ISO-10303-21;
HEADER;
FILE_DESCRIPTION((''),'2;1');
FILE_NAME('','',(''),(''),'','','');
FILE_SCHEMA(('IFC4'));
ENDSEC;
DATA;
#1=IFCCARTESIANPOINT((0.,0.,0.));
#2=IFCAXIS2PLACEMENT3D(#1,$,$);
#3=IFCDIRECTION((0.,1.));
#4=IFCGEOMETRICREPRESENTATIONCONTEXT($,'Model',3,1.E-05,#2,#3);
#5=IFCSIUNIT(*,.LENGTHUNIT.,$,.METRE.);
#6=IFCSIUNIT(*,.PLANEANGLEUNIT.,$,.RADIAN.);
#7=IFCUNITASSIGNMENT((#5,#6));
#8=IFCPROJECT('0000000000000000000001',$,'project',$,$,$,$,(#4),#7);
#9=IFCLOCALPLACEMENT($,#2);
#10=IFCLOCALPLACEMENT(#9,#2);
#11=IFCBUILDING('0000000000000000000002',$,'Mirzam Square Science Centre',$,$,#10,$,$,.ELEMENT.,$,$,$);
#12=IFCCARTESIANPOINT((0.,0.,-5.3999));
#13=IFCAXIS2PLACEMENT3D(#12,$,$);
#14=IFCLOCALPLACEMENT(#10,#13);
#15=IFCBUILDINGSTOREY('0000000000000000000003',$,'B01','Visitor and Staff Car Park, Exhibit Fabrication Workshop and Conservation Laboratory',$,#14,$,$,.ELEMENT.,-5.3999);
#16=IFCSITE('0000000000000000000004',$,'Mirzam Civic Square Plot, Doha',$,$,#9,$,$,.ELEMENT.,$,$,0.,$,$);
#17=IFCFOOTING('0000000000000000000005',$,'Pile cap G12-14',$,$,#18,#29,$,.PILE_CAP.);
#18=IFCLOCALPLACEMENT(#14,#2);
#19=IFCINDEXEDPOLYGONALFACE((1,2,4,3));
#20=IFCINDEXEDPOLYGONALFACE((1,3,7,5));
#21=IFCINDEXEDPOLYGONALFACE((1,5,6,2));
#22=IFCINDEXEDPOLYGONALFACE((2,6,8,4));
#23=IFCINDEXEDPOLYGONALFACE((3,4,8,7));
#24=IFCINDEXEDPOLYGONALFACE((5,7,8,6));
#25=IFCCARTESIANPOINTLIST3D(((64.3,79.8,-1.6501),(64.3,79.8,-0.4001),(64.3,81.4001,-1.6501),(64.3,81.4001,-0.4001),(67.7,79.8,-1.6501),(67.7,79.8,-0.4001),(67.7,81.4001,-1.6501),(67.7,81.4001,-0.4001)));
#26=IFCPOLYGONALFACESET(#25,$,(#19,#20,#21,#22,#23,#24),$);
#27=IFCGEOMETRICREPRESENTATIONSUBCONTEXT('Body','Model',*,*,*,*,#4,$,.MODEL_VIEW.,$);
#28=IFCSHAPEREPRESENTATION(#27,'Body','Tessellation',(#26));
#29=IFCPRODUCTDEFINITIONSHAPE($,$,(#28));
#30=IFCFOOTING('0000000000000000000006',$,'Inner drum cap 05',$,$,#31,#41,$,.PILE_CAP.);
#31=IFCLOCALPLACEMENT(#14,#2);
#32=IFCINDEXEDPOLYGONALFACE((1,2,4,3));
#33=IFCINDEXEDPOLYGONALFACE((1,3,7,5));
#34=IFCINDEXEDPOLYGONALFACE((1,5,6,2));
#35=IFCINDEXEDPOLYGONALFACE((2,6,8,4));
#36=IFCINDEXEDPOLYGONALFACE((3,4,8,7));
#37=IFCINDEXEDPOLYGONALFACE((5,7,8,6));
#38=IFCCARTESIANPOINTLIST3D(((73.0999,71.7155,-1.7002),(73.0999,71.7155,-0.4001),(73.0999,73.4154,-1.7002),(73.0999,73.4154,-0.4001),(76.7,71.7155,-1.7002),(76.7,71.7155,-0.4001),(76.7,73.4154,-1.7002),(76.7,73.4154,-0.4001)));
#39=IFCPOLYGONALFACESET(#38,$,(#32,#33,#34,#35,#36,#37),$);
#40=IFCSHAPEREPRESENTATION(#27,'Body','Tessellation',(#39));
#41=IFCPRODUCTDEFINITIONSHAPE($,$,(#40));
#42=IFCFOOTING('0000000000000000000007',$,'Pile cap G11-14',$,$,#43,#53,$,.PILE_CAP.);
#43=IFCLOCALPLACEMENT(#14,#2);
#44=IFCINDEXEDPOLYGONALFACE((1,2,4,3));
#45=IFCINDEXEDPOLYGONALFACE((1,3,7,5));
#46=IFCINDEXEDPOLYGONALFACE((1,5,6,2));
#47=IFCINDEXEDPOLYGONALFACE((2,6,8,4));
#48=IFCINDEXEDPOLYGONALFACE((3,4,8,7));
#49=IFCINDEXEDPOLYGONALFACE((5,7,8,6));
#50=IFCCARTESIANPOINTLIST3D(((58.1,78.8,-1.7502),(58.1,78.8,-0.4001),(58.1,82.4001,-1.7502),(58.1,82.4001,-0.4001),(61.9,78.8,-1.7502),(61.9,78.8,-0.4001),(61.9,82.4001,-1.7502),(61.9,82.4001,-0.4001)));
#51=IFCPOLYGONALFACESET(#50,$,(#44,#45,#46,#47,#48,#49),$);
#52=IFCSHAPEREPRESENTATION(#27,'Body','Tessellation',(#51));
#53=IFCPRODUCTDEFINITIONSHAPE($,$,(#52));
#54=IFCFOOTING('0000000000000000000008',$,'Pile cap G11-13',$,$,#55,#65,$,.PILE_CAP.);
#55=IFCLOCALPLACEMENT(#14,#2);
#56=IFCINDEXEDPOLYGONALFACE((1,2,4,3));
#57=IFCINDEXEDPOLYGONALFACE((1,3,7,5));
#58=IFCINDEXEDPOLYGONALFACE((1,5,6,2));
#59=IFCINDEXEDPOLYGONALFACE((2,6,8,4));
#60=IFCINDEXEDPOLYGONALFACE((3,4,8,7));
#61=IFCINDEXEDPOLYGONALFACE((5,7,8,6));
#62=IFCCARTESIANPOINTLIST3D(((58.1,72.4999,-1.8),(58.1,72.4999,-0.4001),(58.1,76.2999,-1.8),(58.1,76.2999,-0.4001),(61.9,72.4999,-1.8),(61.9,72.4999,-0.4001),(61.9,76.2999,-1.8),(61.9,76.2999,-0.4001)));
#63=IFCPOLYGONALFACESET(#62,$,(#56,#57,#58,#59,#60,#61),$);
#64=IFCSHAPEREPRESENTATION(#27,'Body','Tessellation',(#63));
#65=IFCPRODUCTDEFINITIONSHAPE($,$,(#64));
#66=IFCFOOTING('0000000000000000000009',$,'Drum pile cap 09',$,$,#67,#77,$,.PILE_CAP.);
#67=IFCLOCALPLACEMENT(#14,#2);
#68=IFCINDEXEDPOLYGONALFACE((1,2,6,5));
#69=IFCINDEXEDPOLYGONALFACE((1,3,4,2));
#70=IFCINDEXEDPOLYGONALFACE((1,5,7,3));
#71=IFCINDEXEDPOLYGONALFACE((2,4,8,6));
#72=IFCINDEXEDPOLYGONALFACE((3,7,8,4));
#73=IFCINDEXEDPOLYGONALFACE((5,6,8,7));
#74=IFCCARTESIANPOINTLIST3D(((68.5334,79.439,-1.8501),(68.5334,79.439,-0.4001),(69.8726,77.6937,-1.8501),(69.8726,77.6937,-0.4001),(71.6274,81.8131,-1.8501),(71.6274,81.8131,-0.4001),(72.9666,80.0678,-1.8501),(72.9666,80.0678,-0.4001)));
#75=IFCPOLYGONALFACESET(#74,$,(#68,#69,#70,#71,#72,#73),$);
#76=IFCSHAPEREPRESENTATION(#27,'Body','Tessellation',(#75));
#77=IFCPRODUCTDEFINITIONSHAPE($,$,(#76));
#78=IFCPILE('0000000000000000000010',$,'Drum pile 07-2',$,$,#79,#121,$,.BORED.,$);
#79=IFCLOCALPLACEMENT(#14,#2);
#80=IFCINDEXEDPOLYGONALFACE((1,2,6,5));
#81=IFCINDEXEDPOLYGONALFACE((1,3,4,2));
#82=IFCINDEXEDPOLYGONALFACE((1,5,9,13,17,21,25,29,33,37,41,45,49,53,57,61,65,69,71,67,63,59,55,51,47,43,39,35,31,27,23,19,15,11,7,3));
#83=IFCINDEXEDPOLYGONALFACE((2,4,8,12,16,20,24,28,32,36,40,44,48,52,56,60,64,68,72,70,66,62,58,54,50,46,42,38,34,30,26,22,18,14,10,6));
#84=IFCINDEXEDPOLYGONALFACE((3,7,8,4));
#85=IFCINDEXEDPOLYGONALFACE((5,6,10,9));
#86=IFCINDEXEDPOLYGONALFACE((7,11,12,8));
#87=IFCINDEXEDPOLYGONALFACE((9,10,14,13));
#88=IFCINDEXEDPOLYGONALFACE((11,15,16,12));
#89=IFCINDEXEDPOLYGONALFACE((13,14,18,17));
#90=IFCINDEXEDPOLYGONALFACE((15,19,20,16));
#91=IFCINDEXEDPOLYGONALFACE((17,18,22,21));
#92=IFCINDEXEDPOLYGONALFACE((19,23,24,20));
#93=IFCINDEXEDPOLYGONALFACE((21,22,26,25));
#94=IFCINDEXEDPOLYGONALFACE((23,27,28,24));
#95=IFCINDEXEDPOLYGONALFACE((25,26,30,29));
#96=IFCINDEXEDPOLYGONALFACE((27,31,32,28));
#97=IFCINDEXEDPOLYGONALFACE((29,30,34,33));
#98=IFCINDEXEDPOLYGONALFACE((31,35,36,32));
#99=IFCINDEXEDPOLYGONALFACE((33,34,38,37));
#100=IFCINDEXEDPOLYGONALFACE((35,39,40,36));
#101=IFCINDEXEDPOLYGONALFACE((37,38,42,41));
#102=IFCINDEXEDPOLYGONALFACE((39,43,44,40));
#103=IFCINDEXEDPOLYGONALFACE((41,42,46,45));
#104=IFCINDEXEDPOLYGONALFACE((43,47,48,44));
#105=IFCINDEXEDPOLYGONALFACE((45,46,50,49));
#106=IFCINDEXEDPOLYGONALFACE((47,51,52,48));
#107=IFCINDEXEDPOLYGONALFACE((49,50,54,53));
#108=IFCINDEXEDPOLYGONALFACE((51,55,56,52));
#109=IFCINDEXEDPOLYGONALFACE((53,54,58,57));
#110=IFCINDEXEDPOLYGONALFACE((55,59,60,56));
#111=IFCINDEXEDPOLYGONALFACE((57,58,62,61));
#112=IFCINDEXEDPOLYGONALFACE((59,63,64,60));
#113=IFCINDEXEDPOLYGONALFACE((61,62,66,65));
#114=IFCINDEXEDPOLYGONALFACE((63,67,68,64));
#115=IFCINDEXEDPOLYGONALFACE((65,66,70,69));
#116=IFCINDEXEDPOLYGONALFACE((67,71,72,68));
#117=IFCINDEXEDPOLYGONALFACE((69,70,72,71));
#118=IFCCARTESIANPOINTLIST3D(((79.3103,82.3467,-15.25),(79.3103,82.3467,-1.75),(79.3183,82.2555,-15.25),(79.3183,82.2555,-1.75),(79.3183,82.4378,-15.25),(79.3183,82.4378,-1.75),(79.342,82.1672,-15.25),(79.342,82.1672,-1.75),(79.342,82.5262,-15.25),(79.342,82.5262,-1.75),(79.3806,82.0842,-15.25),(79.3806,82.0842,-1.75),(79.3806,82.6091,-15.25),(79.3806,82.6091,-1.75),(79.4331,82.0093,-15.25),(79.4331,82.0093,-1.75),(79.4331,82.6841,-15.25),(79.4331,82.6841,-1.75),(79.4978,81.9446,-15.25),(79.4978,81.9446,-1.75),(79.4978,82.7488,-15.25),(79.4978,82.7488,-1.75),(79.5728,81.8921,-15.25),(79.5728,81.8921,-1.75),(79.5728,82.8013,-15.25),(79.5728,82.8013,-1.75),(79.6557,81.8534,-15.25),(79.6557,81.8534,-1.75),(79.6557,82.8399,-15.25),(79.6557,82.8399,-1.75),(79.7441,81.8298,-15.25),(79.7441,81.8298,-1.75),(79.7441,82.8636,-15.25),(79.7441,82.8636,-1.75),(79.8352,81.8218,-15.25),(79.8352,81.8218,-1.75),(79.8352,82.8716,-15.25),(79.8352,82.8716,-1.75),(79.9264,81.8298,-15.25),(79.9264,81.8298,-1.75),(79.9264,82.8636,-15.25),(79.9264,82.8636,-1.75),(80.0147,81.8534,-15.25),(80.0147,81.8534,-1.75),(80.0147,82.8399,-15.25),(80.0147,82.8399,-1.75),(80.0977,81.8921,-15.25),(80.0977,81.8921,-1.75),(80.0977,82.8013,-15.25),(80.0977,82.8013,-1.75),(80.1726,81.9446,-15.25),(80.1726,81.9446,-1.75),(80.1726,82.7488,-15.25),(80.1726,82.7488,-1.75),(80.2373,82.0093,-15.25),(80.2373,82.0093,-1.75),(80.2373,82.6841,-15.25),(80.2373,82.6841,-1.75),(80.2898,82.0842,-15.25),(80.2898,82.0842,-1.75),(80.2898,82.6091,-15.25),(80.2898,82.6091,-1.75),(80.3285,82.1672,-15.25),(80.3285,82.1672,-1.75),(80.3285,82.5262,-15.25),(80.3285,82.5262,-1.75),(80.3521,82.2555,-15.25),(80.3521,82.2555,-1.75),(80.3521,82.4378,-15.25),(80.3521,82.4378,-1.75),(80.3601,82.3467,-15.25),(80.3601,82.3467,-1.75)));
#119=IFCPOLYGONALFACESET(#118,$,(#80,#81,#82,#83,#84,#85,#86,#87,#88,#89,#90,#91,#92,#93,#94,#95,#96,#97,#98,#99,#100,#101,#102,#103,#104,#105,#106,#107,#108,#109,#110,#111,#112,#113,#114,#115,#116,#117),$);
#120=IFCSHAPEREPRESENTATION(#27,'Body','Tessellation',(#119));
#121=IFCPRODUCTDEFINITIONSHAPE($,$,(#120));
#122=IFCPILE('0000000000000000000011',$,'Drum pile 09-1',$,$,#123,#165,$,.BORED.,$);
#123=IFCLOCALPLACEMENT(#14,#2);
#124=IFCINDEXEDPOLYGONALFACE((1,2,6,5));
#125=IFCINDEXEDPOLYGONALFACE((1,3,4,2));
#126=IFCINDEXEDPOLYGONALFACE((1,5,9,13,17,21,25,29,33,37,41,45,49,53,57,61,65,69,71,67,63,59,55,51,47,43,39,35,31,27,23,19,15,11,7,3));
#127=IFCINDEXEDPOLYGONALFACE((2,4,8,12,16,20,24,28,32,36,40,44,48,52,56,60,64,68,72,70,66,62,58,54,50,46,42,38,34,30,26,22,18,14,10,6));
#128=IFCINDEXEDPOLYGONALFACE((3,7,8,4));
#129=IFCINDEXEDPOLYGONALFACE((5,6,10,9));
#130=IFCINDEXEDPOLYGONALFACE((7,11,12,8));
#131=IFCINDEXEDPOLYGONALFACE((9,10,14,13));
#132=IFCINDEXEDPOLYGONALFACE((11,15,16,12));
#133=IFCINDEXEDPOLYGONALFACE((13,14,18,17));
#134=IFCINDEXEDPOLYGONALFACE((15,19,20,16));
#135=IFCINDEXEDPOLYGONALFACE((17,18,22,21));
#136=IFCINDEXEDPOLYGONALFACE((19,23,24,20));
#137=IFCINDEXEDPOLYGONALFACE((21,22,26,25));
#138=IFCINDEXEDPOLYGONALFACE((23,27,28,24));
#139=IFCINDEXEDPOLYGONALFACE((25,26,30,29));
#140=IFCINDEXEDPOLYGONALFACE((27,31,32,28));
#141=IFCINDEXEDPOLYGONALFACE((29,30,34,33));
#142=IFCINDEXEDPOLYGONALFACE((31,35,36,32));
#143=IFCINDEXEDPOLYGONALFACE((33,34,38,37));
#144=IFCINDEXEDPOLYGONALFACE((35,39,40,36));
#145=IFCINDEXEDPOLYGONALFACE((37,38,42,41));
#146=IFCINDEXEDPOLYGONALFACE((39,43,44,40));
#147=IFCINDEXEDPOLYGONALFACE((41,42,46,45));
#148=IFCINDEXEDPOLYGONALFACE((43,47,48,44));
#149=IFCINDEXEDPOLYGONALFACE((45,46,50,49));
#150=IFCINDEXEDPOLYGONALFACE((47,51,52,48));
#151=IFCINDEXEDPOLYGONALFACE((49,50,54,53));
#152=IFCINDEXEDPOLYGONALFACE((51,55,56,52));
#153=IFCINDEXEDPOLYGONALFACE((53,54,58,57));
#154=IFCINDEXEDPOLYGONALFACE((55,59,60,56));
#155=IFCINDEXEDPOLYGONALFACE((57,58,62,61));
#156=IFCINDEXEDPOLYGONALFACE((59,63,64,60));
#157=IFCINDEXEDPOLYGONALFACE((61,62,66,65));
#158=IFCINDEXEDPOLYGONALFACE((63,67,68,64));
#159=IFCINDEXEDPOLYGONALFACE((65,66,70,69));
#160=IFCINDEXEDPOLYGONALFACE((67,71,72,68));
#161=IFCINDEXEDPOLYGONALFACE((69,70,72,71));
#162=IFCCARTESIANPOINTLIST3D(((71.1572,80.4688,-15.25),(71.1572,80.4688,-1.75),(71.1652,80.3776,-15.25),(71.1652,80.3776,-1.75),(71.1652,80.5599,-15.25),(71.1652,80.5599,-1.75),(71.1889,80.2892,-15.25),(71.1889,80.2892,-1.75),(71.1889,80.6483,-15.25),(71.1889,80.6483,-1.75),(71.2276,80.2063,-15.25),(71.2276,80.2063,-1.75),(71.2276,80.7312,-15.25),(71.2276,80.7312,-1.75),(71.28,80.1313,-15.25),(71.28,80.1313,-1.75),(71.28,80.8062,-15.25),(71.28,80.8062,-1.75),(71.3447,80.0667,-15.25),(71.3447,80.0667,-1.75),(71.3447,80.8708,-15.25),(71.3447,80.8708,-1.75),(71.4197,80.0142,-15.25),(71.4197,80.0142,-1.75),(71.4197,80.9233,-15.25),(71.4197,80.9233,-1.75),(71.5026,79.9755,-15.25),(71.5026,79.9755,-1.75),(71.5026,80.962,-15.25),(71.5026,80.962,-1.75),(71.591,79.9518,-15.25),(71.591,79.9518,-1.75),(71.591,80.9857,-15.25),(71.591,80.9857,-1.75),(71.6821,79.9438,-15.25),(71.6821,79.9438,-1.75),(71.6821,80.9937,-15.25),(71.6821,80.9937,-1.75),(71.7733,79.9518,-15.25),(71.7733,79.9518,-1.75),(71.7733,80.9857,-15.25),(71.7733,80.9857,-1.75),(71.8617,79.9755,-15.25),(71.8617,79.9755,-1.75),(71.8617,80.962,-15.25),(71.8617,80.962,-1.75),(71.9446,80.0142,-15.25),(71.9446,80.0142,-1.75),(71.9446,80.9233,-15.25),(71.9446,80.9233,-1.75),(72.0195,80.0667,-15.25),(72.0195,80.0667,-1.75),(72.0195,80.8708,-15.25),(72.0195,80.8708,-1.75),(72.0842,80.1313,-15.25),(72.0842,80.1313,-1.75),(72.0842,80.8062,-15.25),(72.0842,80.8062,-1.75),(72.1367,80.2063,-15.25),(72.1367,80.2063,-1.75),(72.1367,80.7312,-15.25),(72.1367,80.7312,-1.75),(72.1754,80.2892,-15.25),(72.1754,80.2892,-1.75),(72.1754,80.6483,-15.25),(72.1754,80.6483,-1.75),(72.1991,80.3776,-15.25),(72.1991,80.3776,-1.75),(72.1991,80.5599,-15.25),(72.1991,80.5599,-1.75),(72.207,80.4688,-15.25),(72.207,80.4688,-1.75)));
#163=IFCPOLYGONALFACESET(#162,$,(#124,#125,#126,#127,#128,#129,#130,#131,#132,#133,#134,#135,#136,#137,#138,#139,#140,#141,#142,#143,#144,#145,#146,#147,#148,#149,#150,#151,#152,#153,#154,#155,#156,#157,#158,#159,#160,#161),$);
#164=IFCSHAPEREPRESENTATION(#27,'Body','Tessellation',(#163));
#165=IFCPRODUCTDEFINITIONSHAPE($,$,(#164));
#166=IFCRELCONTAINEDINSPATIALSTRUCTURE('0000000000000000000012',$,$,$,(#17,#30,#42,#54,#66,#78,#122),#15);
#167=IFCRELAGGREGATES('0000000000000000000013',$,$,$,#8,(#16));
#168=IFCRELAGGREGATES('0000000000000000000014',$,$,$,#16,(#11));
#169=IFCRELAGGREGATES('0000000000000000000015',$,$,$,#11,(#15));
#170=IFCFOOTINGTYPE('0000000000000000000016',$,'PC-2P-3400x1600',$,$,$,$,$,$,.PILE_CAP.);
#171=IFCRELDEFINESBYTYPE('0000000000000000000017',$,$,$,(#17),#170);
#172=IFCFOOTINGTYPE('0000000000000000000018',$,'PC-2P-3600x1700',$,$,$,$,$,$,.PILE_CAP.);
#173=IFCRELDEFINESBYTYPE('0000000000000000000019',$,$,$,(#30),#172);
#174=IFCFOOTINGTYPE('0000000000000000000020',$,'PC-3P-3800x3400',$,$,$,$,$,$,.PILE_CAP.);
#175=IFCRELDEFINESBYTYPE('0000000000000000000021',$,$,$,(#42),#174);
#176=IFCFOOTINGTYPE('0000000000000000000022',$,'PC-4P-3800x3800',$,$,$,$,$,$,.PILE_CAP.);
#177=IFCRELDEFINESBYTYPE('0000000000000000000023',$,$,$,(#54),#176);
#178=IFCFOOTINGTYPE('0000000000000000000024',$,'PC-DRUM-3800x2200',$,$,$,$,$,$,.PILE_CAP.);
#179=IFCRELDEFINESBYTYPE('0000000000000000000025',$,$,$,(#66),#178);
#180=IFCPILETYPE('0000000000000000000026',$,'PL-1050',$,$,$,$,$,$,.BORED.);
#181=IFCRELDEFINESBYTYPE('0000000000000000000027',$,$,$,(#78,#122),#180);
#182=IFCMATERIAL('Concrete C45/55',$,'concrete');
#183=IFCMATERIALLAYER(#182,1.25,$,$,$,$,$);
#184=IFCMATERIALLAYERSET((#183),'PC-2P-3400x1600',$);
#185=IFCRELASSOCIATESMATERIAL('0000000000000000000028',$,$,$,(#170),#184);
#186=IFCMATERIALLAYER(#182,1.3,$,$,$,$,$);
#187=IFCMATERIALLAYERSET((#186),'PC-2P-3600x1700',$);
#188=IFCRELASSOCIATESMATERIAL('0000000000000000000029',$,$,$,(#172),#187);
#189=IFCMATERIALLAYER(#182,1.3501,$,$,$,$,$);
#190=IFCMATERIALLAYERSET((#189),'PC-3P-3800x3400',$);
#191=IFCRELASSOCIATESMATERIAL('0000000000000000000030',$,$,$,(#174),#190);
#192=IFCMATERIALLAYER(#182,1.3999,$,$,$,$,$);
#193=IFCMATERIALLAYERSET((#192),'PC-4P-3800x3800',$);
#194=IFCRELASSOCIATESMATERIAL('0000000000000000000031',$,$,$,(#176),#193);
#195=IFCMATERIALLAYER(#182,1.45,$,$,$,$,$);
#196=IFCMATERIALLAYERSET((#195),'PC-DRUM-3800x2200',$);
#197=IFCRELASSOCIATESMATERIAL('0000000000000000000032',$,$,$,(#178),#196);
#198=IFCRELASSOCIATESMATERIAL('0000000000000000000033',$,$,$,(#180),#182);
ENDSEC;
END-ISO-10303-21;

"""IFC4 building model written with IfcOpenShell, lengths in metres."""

from ifc_helpers import new_model, si_unit, direction, frame, origin, origin_2d, place, context, subcontext, project, spatial, rectangle, circle, extrude, material, layer, layer_set, material_profile, profile_set, type_object, element, save


model = new_model("IFC4")

# Units and contexts
model_context = context("Model", 3, precision=1e-05, world=origin(), true_north=direction((0.0, 1.0)))
body_context = subcontext(model_context, "Body", "Model", "MODEL_VIEW")
ifc_project = project(units=[si_unit("LENGTHUNIT", "METRE"), si_unit("PLANEANGLEUNIT", "RADIAN")], contexts=[model_context])

# Site, building, storey
site_placement = place(None, origin())
site = spatial("IfcSite", under=ifc_project, at=site_placement, Name="Mirzam Civic Square Plot, Doha", CompositionType="ELEMENT", RefElevation=0.0)
building_placement = place(site_placement, origin())
building = spatial("IfcBuilding", under=site, at=building_placement, Name="Mirzam Square Science Centre", CompositionType="ELEMENT")
storey_placement = place(building_placement, frame((0.0, 0.0, -5.3999)))
storey = spatial("IfcBuildingStorey", under=building, at=storey_placement, Name="B01", Description="Visitor and Staff Car Park, Exhibit Fabrication Workshop and Conservation Laboratory", CompositionType="ELEMENT", Elevation=-5.3999)

# Footings
ifc_material_1 = material(Name="Concrete C45/55", Category="concrete")
ifc_layer_1 = layer(ifc_material_1, 1.25)
ifc_layer_set_1 = layer_set([ifc_layer_1], Name="PC-2P-3400x1600")
footing_type_1 = type_object("IfcFootingType", Name="PC-2P-3400x1600", PredefinedType="PILE_CAP", material=ifc_layer_set_1)
footing_1_placement = place(storey_placement, frame((66.0, 80.6001, -1.6501), z_axis=(0.0, 0.0, 1.0), x_axis=(1.0, 0.0, 0.0)))
element("IfcFooting", 1, at=footing_1_placement, inside=storey, type_object=footing_type_1, Name="Pile cap G12-14", PredefinedType="PILE_CAP", context=body_context, shape_type="SweptSolid", body=[
    extrude(rectangle(XDim=3.3999, YDim=1.6001, at=origin_2d()), origin(), (0.0, 0.0, 1.0), 1.25),
])
ifc_layer_2 = layer(ifc_material_1, 1.3)
ifc_layer_set_2 = layer_set([ifc_layer_2], Name="PC-2P-3600x1700")
footing_type_2 = type_object("IfcFootingType", Name="PC-2P-3600x1700", PredefinedType="PILE_CAP", material=ifc_layer_set_2)
footing_2_placement = place(storey_placement, frame((74.8999, 72.5654, -1.7002), z_axis=(0.0, 0.0, 1.0), x_axis=(1.0, 0.0, 0.0)))
element("IfcFooting", 2, at=footing_2_placement, inside=storey, type_object=footing_type_2, Name="Inner drum cap 05", PredefinedType="PILE_CAP", context=body_context, shape_type="SweptSolid", body=[
    extrude(rectangle(XDim=3.6001, YDim=1.7, at=origin_2d()), origin(), (0.0, 0.0, 1.0), 1.3),
])
ifc_layer_3 = layer(ifc_material_1, 1.3501)
ifc_layer_set_3 = layer_set([ifc_layer_3], Name="PC-3P-3800x3400")
footing_type_3 = type_object("IfcFootingType", Name="PC-3P-3800x3400", PredefinedType="PILE_CAP", material=ifc_layer_set_3)
footing_3_placement = place(storey_placement, frame((60.0, 80.6001, -1.7502), z_axis=(0.0, 0.0, 1.0), x_axis=(1.0, 0.0, 0.0)))
element("IfcFooting", 3, at=footing_3_placement, inside=storey, type_object=footing_type_3, Name="Pile cap G11-14", PredefinedType="PILE_CAP", context=body_context, shape_type="SweptSolid", body=[
    extrude(rectangle(XDim=3.8, YDim=3.6001, at=origin_2d()), origin(), (0.0, 0.0, 1.0), 1.3501),
])
ifc_layer_4 = layer(ifc_material_1, 1.3999)
ifc_layer_set_4 = layer_set([ifc_layer_4], Name="PC-4P-3800x3800")
footing_type_4 = type_object("IfcFootingType", Name="PC-4P-3800x3800", PredefinedType="PILE_CAP", material=ifc_layer_set_4)
footing_4_placement = place(storey_placement, frame((60.0, 74.3999, -1.8), z_axis=(0.0, 0.0, 1.0), x_axis=(1.0, 0.0, 0.0)))
element("IfcFooting", 4, at=footing_4_placement, inside=storey, type_object=footing_type_4, Name="Pile cap G11-13", PredefinedType="PILE_CAP", context=body_context, shape_type="SweptSolid", body=[
    extrude(rectangle(XDim=3.8, YDim=3.8, at=origin_2d()), origin(), (0.0, 0.0, 1.0), 1.3999),
])
ifc_layer_5 = layer(ifc_material_1, 1.45)
ifc_layer_set_5 = layer_set([ifc_layer_5], Name="PC-DRUM-3800x2200")
footing_type_5 = type_object("IfcFootingType", Name="PC-DRUM-3800x2200", PredefinedType="PILE_CAP", material=ifc_layer_set_5)
footing_5_placement = place(storey_placement, frame((70.75, 79.7534, -1.8501), z_axis=(0.0, 0.0, 1.0), x_axis=(-0.793353, -0.608761, 0.0)))
element("IfcFooting", 5, at=footing_5_placement, inside=storey, type_object=footing_type_5, Name="Drum pile cap 09", PredefinedType="PILE_CAP", context=body_context, shape_type="SweptSolid", body=[
    extrude(rectangle(XDim=3.8999, YDim=2.2, at=origin_2d()), origin(), (0.0, 0.0, 1.0), 1.45),
])

# Piles
ifc_material_profile_1 = material_profile(ifc_material_1, circle(Radius=0.5249, at=origin_2d()), Name="PILE-D1050")
ifc_profile_set_1 = profile_set([ifc_material_profile_1], Name="Concrete C45/55")
pile_type_1 = type_object("IfcPileType", Name="PL-1050", PredefinedType="BORED", material=ifc_profile_set_1)
for number, where, z_axis, x_axis, name in (
    (6, (79.8352, 82.3467, -1.75), (0.0, 0.0, -1.0), (1.0, 0.0, 0.0), "Drum pile 07-2"),
    (7, (71.6821, 80.4688, -1.75), (0.0, 0.0, -1.0), (1.0, 0.0, 0.0), "Drum pile 09-1"),
):
    element("IfcPile", number, at=place(storey_placement, frame(where, z_axis=z_axis, x_axis=x_axis)), inside=storey, type_object=pile_type_1, Name=name, PredefinedType="BORED", context=body_context, shape_type="SweptSolid", body=[
        extrude(circle(Radius=0.5249, at=origin_2d()), origin(), (0.0, 0.0, 1.0), 13.5),
    ])

save(model, "model.ifc")
